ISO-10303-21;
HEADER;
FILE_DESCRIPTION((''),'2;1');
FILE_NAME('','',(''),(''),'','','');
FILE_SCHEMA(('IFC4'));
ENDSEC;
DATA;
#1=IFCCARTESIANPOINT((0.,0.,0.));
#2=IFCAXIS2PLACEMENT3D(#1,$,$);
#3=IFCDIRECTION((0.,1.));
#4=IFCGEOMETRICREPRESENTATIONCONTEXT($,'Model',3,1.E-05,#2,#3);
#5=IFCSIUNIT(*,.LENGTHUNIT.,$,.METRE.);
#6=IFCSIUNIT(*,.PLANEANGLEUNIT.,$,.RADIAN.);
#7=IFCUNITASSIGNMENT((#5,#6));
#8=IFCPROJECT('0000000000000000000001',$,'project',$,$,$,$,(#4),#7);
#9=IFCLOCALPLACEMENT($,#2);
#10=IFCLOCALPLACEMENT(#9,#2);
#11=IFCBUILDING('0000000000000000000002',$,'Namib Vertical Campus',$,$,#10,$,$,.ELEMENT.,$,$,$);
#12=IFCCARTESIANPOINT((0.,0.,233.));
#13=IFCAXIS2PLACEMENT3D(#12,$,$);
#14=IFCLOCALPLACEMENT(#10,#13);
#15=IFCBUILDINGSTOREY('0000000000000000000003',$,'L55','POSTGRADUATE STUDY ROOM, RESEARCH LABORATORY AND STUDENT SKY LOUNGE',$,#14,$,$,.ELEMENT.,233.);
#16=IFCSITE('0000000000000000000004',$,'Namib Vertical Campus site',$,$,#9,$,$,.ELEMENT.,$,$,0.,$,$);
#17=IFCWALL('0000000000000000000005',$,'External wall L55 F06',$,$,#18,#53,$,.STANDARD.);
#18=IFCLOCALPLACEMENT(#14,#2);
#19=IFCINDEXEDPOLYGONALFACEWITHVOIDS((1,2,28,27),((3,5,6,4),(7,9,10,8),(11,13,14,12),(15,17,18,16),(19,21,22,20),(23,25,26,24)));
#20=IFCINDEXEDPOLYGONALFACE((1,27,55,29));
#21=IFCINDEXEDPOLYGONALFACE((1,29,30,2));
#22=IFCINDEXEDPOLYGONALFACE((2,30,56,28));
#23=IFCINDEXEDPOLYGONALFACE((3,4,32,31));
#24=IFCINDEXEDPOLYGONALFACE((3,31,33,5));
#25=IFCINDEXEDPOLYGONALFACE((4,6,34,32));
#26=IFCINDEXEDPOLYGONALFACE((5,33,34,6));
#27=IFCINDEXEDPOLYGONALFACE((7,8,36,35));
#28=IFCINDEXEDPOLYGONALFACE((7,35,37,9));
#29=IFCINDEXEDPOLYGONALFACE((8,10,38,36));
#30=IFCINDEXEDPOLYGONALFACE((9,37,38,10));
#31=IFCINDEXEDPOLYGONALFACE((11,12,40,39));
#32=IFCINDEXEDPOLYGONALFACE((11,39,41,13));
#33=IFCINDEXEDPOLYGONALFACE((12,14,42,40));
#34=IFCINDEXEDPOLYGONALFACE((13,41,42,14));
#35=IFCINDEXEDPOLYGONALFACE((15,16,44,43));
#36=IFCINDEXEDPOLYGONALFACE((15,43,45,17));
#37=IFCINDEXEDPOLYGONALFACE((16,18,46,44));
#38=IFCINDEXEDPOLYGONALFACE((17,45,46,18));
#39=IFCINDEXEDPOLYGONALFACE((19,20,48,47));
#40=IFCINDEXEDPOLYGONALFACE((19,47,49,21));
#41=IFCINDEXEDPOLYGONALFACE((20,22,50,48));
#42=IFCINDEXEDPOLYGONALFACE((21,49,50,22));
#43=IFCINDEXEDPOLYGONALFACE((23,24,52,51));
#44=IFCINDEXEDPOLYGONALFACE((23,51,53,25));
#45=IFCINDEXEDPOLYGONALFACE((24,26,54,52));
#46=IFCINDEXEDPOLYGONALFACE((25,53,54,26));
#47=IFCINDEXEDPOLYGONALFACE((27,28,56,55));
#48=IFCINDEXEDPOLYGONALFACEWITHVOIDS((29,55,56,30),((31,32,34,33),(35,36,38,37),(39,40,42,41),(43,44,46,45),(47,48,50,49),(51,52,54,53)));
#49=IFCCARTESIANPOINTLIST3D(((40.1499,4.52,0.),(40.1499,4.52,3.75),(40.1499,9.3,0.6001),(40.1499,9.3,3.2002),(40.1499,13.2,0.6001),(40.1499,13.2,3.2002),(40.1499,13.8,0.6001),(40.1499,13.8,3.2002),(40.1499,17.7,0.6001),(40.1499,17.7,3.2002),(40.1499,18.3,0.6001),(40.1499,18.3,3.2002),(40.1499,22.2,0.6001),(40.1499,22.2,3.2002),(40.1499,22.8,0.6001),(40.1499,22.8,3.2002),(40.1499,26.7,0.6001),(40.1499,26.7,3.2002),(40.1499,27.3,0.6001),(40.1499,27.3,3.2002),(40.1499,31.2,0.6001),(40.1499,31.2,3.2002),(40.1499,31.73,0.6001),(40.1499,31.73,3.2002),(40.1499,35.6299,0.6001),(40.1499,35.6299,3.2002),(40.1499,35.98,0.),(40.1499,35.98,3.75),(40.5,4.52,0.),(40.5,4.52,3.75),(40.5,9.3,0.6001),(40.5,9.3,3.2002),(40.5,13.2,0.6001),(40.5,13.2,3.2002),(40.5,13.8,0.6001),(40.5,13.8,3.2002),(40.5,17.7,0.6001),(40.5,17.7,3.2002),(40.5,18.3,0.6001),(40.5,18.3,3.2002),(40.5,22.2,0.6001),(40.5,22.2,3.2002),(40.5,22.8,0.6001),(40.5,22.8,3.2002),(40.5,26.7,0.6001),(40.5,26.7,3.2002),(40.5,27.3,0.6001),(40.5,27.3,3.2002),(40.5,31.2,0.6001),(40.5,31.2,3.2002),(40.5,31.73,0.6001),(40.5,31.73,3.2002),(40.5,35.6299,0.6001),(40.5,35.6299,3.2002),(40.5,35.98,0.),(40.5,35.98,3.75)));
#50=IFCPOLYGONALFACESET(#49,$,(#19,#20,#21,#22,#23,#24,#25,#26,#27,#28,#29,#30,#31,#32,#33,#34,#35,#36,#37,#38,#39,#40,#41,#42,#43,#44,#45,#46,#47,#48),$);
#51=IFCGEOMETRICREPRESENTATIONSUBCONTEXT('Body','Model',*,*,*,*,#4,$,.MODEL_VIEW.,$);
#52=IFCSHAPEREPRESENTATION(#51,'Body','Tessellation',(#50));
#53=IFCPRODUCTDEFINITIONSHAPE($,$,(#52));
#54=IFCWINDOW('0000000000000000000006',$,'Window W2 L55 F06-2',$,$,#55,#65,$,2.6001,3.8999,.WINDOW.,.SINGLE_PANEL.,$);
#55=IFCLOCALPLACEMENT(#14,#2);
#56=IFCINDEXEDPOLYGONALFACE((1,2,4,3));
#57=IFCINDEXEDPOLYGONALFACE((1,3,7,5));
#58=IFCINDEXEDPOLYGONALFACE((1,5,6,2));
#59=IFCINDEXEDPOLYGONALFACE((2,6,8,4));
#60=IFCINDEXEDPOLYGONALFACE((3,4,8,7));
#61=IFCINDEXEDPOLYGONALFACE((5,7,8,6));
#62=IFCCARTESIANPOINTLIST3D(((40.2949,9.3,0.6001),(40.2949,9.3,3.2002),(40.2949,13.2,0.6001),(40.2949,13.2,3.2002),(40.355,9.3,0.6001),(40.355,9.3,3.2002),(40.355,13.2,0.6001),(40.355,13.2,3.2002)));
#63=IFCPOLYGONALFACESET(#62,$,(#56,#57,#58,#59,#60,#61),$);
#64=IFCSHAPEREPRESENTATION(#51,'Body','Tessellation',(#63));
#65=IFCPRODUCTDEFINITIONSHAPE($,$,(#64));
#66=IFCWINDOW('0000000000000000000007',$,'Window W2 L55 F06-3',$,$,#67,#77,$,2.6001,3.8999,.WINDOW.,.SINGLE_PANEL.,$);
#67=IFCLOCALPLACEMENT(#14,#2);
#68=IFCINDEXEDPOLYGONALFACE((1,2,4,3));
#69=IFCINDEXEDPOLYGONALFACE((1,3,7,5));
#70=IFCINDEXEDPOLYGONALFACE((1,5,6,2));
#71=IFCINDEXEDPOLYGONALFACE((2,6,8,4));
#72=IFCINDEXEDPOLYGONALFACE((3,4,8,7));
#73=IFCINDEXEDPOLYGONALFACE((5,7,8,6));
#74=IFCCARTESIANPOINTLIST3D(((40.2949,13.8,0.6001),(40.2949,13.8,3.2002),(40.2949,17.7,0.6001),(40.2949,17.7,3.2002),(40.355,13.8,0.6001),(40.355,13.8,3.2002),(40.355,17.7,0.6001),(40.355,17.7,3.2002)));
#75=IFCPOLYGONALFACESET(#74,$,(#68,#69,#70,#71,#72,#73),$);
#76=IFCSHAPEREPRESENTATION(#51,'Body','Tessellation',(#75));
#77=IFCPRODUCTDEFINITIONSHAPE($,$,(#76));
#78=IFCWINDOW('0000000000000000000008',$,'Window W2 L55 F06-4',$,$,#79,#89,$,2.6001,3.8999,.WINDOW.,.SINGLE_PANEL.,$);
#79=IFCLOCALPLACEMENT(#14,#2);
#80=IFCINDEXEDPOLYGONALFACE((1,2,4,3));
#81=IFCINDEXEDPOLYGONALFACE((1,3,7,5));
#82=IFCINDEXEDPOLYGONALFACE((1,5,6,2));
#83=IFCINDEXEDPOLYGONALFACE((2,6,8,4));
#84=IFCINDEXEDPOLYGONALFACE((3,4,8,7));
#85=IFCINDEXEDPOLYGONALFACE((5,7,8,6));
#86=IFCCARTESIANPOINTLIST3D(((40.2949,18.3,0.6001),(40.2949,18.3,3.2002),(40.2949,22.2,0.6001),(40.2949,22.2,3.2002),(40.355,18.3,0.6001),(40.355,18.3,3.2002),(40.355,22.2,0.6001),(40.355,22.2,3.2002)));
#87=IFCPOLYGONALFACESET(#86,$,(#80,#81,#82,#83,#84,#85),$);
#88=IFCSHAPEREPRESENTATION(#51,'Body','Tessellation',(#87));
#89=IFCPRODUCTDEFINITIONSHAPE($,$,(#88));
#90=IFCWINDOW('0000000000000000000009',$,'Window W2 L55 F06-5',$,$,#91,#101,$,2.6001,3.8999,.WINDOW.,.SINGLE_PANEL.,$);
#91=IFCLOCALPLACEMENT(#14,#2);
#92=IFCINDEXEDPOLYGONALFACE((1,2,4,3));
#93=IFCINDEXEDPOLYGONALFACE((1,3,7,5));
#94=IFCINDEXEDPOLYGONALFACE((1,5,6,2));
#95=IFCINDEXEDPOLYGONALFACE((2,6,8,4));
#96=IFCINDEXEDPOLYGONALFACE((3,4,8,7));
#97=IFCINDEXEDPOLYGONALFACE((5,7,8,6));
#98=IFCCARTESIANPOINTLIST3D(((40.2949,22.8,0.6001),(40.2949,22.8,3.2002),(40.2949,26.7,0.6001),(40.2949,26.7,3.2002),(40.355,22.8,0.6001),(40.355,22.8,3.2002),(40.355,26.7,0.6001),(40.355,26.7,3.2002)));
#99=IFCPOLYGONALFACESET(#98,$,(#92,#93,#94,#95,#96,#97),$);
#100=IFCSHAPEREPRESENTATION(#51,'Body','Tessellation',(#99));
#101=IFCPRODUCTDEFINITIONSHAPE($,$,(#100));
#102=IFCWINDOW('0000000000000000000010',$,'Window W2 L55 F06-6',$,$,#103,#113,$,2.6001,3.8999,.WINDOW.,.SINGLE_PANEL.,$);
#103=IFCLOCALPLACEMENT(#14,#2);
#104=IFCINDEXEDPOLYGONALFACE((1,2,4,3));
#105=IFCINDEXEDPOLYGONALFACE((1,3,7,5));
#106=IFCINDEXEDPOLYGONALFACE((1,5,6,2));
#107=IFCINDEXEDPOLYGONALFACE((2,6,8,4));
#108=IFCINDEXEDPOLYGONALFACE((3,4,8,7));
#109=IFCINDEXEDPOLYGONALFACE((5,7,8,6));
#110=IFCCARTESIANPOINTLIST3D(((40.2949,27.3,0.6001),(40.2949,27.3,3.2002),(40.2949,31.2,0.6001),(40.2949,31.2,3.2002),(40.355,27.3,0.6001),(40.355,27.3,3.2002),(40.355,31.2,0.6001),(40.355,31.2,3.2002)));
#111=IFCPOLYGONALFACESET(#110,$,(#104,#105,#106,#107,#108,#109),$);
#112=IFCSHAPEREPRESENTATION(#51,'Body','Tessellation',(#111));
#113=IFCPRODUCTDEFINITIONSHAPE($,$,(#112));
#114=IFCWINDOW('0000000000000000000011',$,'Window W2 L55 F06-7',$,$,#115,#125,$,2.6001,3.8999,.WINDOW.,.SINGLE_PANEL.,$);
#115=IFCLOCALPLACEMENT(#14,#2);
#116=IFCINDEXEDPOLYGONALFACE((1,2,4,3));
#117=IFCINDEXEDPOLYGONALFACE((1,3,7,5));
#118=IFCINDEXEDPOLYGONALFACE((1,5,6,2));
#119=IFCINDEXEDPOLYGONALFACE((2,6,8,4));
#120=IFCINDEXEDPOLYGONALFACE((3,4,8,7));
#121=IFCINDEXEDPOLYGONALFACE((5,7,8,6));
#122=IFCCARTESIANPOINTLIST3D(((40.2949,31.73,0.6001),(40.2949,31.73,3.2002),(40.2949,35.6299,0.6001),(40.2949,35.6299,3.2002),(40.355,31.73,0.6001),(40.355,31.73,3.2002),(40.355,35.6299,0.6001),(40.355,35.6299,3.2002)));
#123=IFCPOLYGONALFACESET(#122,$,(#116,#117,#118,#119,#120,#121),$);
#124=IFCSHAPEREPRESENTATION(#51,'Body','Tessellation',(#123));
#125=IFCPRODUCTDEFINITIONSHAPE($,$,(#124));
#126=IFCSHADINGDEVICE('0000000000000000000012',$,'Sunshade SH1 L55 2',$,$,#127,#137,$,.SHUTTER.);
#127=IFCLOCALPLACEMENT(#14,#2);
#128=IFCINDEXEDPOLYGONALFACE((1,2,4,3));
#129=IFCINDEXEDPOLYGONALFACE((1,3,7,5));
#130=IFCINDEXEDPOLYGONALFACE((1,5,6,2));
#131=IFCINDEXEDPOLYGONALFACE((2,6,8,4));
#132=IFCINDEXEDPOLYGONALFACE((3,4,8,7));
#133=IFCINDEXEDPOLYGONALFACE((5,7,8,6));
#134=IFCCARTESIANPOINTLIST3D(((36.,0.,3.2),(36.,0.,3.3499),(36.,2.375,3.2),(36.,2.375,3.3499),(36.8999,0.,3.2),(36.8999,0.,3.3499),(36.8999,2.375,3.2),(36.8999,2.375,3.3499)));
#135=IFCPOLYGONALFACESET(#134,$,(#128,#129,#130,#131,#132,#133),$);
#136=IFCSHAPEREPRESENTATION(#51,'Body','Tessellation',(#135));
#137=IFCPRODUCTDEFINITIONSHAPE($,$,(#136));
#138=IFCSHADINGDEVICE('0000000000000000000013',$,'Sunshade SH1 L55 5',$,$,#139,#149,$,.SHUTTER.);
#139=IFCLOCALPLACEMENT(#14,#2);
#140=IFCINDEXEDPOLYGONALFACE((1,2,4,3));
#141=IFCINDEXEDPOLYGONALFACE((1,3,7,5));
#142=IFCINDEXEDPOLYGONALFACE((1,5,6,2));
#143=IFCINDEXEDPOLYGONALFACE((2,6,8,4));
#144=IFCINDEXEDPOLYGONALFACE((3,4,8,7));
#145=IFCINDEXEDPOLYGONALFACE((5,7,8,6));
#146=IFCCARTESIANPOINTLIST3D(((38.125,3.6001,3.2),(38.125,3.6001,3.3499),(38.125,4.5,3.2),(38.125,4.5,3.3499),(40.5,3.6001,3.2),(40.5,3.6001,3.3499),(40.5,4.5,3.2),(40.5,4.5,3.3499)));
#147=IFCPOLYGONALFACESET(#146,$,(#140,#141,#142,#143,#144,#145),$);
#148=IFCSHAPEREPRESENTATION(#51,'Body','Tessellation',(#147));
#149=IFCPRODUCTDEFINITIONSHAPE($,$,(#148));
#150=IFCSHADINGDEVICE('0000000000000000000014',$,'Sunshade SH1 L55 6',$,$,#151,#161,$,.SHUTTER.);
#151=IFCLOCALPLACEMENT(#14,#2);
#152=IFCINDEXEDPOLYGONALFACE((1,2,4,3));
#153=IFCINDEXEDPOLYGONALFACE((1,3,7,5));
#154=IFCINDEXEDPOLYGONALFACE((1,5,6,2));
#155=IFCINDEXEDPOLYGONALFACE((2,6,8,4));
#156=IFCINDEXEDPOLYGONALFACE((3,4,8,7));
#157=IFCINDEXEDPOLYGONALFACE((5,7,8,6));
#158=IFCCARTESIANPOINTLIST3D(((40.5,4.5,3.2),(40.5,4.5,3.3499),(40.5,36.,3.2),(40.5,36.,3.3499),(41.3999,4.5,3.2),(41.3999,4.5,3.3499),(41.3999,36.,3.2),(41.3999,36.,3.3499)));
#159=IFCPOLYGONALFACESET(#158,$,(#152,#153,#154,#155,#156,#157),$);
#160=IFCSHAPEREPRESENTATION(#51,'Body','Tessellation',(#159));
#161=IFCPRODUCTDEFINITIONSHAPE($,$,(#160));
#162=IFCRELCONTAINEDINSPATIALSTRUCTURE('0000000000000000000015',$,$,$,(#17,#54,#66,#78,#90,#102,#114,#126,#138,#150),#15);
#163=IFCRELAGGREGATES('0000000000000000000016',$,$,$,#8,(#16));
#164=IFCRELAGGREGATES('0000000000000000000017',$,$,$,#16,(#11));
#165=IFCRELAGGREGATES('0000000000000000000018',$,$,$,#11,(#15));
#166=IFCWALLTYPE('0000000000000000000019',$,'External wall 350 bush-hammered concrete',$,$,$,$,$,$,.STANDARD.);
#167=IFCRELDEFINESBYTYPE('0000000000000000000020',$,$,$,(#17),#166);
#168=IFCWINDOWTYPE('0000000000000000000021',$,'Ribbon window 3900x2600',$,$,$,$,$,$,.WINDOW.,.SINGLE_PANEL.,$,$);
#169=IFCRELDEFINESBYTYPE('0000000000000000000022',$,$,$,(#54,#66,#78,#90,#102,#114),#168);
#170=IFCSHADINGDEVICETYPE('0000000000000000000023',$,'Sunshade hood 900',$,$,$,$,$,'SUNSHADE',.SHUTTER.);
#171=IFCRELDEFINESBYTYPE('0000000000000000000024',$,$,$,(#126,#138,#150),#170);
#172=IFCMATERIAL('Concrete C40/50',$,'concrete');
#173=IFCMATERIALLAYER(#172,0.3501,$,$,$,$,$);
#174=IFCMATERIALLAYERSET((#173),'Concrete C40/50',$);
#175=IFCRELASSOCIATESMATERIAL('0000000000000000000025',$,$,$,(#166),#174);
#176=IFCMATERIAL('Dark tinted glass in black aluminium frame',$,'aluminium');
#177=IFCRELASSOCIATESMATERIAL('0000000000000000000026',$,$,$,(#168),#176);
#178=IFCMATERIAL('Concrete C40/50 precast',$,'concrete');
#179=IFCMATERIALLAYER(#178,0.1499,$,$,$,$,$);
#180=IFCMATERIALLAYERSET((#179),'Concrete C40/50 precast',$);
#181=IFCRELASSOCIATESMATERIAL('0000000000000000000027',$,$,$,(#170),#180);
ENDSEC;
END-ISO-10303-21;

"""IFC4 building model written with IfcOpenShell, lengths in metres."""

from ifc_helpers import new_model, si_unit, direction, frame, frame_2d, origin, origin_2d, place, context, subcontext, project, spatial, rectangle, extrude, material, layer, layer_set, type_object, element, fill, save


model = new_model("IFC4")

# Units and contexts
model_context = context("Model", 3, precision=1e-05, world=origin(), true_north=direction((0.0, 1.0)))
body_context = subcontext(model_context, "Body", "Model", "MODEL_VIEW")
ifc_project = project(units=[si_unit("LENGTHUNIT", "METRE"), si_unit("PLANEANGLEUNIT", "RADIAN")], contexts=[model_context])

# Site, building, storey
site_placement = place(None, origin())
site = spatial("IfcSite", under=ifc_project, at=site_placement, Name="Namib Vertical Campus site", CompositionType="ELEMENT", RefElevation=0.0)
building_placement = place(site_placement, origin())
building = spatial("IfcBuilding", under=site, at=building_placement, Name="Namib Vertical Campus", CompositionType="ELEMENT")
storey_placement = place(building_placement, frame((0.0, 0.0, 233.0)))
storey = spatial("IfcBuildingStorey", under=building, at=storey_placement, Name="L55", Description="POSTGRADUATE STUDY ROOM, RESEARCH LABORATORY AND STUDENT SKY LOUNGE", CompositionType="ELEMENT", Elevation=233.0)

# Shared definitions
ifc_material_1 = material(Name="Concrete C40/50", Category="concrete")
ifc_layer_1 = layer(ifc_material_1, 0.3501)
ifc_layer_set_1 = layer_set([ifc_layer_1], Name="Concrete C40/50")
wall_type = type_object("IfcWallType", Name="External wall 350 bush-hammered concrete", PredefinedType="STANDARD", material=ifc_layer_set_1)

# Wall, openings, windows
wall_1_placement = place(storey_placement, frame((40.325, 4.52, 0.0), z_axis=(0.0, 0.0, 1.0), x_axis=(0.0, 1.0, 0.0)))
wall_1 = element("IfcWall", 1, at=wall_1_placement, inside=storey, type_object=wall_type, Name="External wall L55 F06", PredefinedType="STANDARD", context=body_context, shape_type="SweptSolid", body=[
    extrude(rectangle(XDim=31.46, YDim=0.3501, at=frame_2d((15.73, 0.0))), origin(), (0.0, 0.0, 1.0), 3.75),
])
opening_1_placement = place(wall_1_placement, frame((4.78, 0.0, 0.6001)))
opening_1 = element("IfcOpeningElement", 2, at=opening_1_placement, cuts=wall_1, PredefinedType="OPENING", context=body_context, shape_type="SweptSolid", body=[
    extrude(rectangle(XDim=3.8999, YDim=2.6001, at=frame_2d((1.95, 1.3))), frame((0.0, 0.1851, 0.0), z_axis=(0.0, -1.0, 0.0), x_axis=(1.0, 0.0, 0.0)), (0.0, 0.0, 1.0), 0.3701),
])
opening_2_placement = place(wall_1_placement, frame((9.28, 0.0, 0.6001)))
opening_2 = element("IfcOpeningElement", 3, at=opening_2_placement, cuts=wall_1, PredefinedType="OPENING", context=body_context, shape_type="SweptSolid", body=[
    extrude(rectangle(XDim=3.8999, YDim=2.6001, at=frame_2d((1.95, 1.3))), frame((0.0, 0.1851, 0.0), z_axis=(0.0, -1.0, 0.0), x_axis=(1.0, 0.0, 0.0)), (0.0, 0.0, 1.0), 0.3701),
])
opening_3_placement = place(wall_1_placement, frame((13.78, 0.0, 0.6001)))
opening_3 = element("IfcOpeningElement", 4, at=opening_3_placement, cuts=wall_1, PredefinedType="OPENING", context=body_context, shape_type="SweptSolid", body=[
    extrude(rectangle(XDim=3.8999, YDim=2.6001, at=frame_2d((1.95, 1.3))), frame((0.0, 0.1851, 0.0), z_axis=(0.0, -1.0, 0.0), x_axis=(1.0, 0.0, 0.0)), (0.0, 0.0, 1.0), 0.3701),
])
opening_4_placement = place(wall_1_placement, frame((18.28, 0.0, 0.6001)))
opening_4 = element("IfcOpeningElement", 5, at=opening_4_placement, cuts=wall_1, PredefinedType="OPENING", context=body_context, shape_type="SweptSolid", body=[
    extrude(rectangle(XDim=3.8999, YDim=2.6001, at=frame_2d((1.95, 1.3))), frame((0.0, 0.1851, 0.0), z_axis=(0.0, -1.0, 0.0), x_axis=(1.0, 0.0, 0.0)), (0.0, 0.0, 1.0), 0.3701),
])
opening_5_placement = place(wall_1_placement, frame((22.78, 0.0, 0.6001)))
opening_5 = element("IfcOpeningElement", 6, at=opening_5_placement, cuts=wall_1, PredefinedType="OPENING", context=body_context, shape_type="SweptSolid", body=[
    extrude(rectangle(XDim=3.8999, YDim=2.6001, at=frame_2d((1.95, 1.3))), frame((0.0, 0.1851, 0.0), z_axis=(0.0, -1.0, 0.0), x_axis=(1.0, 0.0, 0.0)), (0.0, 0.0, 1.0), 0.3701),
])
opening_6_placement = place(wall_1_placement, frame((27.21, 0.0, 0.6001)))
opening_6 = element("IfcOpeningElement", 7, at=opening_6_placement, cuts=wall_1, PredefinedType="OPENING", context=body_context, shape_type="SweptSolid", body=[
    extrude(rectangle(XDim=3.8999, YDim=2.6001, at=frame_2d((1.95, 1.3))), frame((0.0, 0.1851, 0.0), z_axis=(0.0, -1.0, 0.0), x_axis=(1.0, 0.0, 0.0)), (0.0, 0.0, 1.0), 0.3701),
])
ifc_material_2 = material(Name="Dark tinted glass in black aluminium frame", Category="aluminium")
window_type = type_object("IfcWindowType", Name="Ribbon window 3900x2600", PartitioningType="SINGLE_PANEL", PredefinedType="WINDOW", material=ifc_material_2)
window_1_placement = place(opening_1_placement, origin())
window_1 = element("IfcWindow", 8, at=window_1_placement, inside=storey, type_object=window_type, Name="Window W2 L55 F06-2", OverallHeight=2.6001, OverallWidth=3.8999, PartitioningType="SINGLE_PANEL", PredefinedType="WINDOW", context=body_context, shape_type="SweptSolid", body=[
    extrude(rectangle(XDim=3.8999, YDim=2.6001, at=frame_2d((1.95, 1.3))), frame((0.0, 0.03, 0.0), z_axis=(0.0, -1.0, 0.0), x_axis=(1.0, 0.0, 0.0)), (0.0, 0.0, 1.0), 0.0601),
])
fill(opening_1, window_1)
window_2_placement = place(opening_2_placement, origin())
window_2 = element("IfcWindow", 9, at=window_2_placement, inside=storey, type_object=window_type, Name="Window W2 L55 F06-3", OverallHeight=2.6001, OverallWidth=3.8999, PartitioningType="SINGLE_PANEL", PredefinedType="WINDOW", context=body_context, shape_type="SweptSolid", body=[
    extrude(rectangle(XDim=3.8999, YDim=2.6001, at=frame_2d((1.95, 1.3))), frame((0.0, 0.03, 0.0), z_axis=(0.0, -1.0, 0.0), x_axis=(1.0, 0.0, 0.0)), (0.0, 0.0, 1.0), 0.0601),
])
fill(opening_2, window_2)
window_3_placement = place(opening_3_placement, origin())
window_3 = element("IfcWindow", 10, at=window_3_placement, inside=storey, type_object=window_type, Name="Window W2 L55 F06-4", OverallHeight=2.6001, OverallWidth=3.8999, PartitioningType="SINGLE_PANEL", PredefinedType="WINDOW", context=body_context, shape_type="SweptSolid", body=[
    extrude(rectangle(XDim=3.8999, YDim=2.6001, at=frame_2d((1.95, 1.3))), frame((0.0, 0.03, 0.0), z_axis=(0.0, -1.0, 0.0), x_axis=(1.0, 0.0, 0.0)), (0.0, 0.0, 1.0), 0.0601),
])
fill(opening_3, window_3)
window_4_placement = place(opening_4_placement, origin())
window_4 = element("IfcWindow", 11, at=window_4_placement, inside=storey, type_object=window_type, Name="Window W2 L55 F06-5", OverallHeight=2.6001, OverallWidth=3.8999, PartitioningType="SINGLE_PANEL", PredefinedType="WINDOW", context=body_context, shape_type="SweptSolid", body=[
    extrude(rectangle(XDim=3.8999, YDim=2.6001, at=frame_2d((1.95, 1.3))), frame((0.0, 0.03, 0.0), z_axis=(0.0, -1.0, 0.0), x_axis=(1.0, 0.0, 0.0)), (0.0, 0.0, 1.0), 0.0601),
])
fill(opening_4, window_4)
window_5_placement = place(opening_5_placement, origin())
window_5 = element("IfcWindow", 12, at=window_5_placement, inside=storey, type_object=window_type, Name="Window W2 L55 F06-6", OverallHeight=2.6001, OverallWidth=3.8999, PartitioningType="SINGLE_PANEL", PredefinedType="WINDOW", context=body_context, shape_type="SweptSolid", body=[
    extrude(rectangle(XDim=3.8999, YDim=2.6001, at=frame_2d((1.95, 1.3))), frame((0.0, 0.03, 0.0), z_axis=(0.0, -1.0, 0.0), x_axis=(1.0, 0.0, 0.0)), (0.0, 0.0, 1.0), 0.0601),
])
fill(opening_5, window_5)
window_6_placement = place(opening_6_placement, origin())
window_6 = element("IfcWindow", 13, at=window_6_placement, inside=storey, type_object=window_type, Name="Window W2 L55 F06-7", OverallHeight=2.6001, OverallWidth=3.8999, PartitioningType="SINGLE_PANEL", PredefinedType="WINDOW", context=body_context, shape_type="SweptSolid", body=[
    extrude(rectangle(XDim=3.8999, YDim=2.6001, at=frame_2d((1.95, 1.3))), frame((0.0, 0.03, 0.0), z_axis=(0.0, -1.0, 0.0), x_axis=(1.0, 0.0, 0.0)), (0.0, 0.0, 1.0), 0.0601),
])
fill(opening_6, window_6)

# Shading devices
ifc_material_3 = material(Name="Concrete C40/50 precast", Category="concrete")
ifc_layer_2 = layer(ifc_material_3, 0.1499)
ifc_layer_set_2 = layer_set([ifc_layer_2], Name="Concrete C40/50 precast")
shading_device_type = type_object("IfcShadingDeviceType", Name="Sunshade hood 900", ElementType="SUNSHADE", PredefinedType="SHUTTER", material=ifc_layer_set_2)
for number, where, z_axis, x_axis, name in (
    (14, (36.45, 1.1875, 3.2), (0.0, 0.0, 1.0), (0.0, 1.0, 0.0), "Sunshade SH1 L55 2"),
    (15, (39.3125, 4.05, 3.2), (0.0, 0.0, 1.0), (1.0, 0.0, 0.0), "Sunshade SH1 L55 5"),
):
    element("IfcShadingDevice", number, at=place(storey_placement, frame(where, z_axis=z_axis, x_axis=x_axis)), inside=storey, type_object=shading_device_type, Name=name, PredefinedType="SHUTTER", context=body_context, shape_type="SweptSolid", body=[
        extrude(rectangle(XDim=2.375, YDim=0.8999, at=origin_2d()), origin(), (0.0, 0.0, 1.0), 0.1499),
    ])
shading_device_1_placement = place(storey_placement, frame((40.95, 20.25, 3.2), z_axis=(0.0, 0.0, 1.0), x_axis=(0.0, 1.0, 0.0)))
element("IfcShadingDevice", 16, at=shading_device_1_placement, inside=storey, type_object=shading_device_type, Name="Sunshade SH1 L55 6", PredefinedType="SHUTTER", context=body_context, shape_type="SweptSolid", body=[
    extrude(rectangle(XDim=31.5, YDim=0.8999, at=origin_2d()), origin(), (0.0, 0.0, 1.0), 0.1499),
])

save(model, "model.ifc")
